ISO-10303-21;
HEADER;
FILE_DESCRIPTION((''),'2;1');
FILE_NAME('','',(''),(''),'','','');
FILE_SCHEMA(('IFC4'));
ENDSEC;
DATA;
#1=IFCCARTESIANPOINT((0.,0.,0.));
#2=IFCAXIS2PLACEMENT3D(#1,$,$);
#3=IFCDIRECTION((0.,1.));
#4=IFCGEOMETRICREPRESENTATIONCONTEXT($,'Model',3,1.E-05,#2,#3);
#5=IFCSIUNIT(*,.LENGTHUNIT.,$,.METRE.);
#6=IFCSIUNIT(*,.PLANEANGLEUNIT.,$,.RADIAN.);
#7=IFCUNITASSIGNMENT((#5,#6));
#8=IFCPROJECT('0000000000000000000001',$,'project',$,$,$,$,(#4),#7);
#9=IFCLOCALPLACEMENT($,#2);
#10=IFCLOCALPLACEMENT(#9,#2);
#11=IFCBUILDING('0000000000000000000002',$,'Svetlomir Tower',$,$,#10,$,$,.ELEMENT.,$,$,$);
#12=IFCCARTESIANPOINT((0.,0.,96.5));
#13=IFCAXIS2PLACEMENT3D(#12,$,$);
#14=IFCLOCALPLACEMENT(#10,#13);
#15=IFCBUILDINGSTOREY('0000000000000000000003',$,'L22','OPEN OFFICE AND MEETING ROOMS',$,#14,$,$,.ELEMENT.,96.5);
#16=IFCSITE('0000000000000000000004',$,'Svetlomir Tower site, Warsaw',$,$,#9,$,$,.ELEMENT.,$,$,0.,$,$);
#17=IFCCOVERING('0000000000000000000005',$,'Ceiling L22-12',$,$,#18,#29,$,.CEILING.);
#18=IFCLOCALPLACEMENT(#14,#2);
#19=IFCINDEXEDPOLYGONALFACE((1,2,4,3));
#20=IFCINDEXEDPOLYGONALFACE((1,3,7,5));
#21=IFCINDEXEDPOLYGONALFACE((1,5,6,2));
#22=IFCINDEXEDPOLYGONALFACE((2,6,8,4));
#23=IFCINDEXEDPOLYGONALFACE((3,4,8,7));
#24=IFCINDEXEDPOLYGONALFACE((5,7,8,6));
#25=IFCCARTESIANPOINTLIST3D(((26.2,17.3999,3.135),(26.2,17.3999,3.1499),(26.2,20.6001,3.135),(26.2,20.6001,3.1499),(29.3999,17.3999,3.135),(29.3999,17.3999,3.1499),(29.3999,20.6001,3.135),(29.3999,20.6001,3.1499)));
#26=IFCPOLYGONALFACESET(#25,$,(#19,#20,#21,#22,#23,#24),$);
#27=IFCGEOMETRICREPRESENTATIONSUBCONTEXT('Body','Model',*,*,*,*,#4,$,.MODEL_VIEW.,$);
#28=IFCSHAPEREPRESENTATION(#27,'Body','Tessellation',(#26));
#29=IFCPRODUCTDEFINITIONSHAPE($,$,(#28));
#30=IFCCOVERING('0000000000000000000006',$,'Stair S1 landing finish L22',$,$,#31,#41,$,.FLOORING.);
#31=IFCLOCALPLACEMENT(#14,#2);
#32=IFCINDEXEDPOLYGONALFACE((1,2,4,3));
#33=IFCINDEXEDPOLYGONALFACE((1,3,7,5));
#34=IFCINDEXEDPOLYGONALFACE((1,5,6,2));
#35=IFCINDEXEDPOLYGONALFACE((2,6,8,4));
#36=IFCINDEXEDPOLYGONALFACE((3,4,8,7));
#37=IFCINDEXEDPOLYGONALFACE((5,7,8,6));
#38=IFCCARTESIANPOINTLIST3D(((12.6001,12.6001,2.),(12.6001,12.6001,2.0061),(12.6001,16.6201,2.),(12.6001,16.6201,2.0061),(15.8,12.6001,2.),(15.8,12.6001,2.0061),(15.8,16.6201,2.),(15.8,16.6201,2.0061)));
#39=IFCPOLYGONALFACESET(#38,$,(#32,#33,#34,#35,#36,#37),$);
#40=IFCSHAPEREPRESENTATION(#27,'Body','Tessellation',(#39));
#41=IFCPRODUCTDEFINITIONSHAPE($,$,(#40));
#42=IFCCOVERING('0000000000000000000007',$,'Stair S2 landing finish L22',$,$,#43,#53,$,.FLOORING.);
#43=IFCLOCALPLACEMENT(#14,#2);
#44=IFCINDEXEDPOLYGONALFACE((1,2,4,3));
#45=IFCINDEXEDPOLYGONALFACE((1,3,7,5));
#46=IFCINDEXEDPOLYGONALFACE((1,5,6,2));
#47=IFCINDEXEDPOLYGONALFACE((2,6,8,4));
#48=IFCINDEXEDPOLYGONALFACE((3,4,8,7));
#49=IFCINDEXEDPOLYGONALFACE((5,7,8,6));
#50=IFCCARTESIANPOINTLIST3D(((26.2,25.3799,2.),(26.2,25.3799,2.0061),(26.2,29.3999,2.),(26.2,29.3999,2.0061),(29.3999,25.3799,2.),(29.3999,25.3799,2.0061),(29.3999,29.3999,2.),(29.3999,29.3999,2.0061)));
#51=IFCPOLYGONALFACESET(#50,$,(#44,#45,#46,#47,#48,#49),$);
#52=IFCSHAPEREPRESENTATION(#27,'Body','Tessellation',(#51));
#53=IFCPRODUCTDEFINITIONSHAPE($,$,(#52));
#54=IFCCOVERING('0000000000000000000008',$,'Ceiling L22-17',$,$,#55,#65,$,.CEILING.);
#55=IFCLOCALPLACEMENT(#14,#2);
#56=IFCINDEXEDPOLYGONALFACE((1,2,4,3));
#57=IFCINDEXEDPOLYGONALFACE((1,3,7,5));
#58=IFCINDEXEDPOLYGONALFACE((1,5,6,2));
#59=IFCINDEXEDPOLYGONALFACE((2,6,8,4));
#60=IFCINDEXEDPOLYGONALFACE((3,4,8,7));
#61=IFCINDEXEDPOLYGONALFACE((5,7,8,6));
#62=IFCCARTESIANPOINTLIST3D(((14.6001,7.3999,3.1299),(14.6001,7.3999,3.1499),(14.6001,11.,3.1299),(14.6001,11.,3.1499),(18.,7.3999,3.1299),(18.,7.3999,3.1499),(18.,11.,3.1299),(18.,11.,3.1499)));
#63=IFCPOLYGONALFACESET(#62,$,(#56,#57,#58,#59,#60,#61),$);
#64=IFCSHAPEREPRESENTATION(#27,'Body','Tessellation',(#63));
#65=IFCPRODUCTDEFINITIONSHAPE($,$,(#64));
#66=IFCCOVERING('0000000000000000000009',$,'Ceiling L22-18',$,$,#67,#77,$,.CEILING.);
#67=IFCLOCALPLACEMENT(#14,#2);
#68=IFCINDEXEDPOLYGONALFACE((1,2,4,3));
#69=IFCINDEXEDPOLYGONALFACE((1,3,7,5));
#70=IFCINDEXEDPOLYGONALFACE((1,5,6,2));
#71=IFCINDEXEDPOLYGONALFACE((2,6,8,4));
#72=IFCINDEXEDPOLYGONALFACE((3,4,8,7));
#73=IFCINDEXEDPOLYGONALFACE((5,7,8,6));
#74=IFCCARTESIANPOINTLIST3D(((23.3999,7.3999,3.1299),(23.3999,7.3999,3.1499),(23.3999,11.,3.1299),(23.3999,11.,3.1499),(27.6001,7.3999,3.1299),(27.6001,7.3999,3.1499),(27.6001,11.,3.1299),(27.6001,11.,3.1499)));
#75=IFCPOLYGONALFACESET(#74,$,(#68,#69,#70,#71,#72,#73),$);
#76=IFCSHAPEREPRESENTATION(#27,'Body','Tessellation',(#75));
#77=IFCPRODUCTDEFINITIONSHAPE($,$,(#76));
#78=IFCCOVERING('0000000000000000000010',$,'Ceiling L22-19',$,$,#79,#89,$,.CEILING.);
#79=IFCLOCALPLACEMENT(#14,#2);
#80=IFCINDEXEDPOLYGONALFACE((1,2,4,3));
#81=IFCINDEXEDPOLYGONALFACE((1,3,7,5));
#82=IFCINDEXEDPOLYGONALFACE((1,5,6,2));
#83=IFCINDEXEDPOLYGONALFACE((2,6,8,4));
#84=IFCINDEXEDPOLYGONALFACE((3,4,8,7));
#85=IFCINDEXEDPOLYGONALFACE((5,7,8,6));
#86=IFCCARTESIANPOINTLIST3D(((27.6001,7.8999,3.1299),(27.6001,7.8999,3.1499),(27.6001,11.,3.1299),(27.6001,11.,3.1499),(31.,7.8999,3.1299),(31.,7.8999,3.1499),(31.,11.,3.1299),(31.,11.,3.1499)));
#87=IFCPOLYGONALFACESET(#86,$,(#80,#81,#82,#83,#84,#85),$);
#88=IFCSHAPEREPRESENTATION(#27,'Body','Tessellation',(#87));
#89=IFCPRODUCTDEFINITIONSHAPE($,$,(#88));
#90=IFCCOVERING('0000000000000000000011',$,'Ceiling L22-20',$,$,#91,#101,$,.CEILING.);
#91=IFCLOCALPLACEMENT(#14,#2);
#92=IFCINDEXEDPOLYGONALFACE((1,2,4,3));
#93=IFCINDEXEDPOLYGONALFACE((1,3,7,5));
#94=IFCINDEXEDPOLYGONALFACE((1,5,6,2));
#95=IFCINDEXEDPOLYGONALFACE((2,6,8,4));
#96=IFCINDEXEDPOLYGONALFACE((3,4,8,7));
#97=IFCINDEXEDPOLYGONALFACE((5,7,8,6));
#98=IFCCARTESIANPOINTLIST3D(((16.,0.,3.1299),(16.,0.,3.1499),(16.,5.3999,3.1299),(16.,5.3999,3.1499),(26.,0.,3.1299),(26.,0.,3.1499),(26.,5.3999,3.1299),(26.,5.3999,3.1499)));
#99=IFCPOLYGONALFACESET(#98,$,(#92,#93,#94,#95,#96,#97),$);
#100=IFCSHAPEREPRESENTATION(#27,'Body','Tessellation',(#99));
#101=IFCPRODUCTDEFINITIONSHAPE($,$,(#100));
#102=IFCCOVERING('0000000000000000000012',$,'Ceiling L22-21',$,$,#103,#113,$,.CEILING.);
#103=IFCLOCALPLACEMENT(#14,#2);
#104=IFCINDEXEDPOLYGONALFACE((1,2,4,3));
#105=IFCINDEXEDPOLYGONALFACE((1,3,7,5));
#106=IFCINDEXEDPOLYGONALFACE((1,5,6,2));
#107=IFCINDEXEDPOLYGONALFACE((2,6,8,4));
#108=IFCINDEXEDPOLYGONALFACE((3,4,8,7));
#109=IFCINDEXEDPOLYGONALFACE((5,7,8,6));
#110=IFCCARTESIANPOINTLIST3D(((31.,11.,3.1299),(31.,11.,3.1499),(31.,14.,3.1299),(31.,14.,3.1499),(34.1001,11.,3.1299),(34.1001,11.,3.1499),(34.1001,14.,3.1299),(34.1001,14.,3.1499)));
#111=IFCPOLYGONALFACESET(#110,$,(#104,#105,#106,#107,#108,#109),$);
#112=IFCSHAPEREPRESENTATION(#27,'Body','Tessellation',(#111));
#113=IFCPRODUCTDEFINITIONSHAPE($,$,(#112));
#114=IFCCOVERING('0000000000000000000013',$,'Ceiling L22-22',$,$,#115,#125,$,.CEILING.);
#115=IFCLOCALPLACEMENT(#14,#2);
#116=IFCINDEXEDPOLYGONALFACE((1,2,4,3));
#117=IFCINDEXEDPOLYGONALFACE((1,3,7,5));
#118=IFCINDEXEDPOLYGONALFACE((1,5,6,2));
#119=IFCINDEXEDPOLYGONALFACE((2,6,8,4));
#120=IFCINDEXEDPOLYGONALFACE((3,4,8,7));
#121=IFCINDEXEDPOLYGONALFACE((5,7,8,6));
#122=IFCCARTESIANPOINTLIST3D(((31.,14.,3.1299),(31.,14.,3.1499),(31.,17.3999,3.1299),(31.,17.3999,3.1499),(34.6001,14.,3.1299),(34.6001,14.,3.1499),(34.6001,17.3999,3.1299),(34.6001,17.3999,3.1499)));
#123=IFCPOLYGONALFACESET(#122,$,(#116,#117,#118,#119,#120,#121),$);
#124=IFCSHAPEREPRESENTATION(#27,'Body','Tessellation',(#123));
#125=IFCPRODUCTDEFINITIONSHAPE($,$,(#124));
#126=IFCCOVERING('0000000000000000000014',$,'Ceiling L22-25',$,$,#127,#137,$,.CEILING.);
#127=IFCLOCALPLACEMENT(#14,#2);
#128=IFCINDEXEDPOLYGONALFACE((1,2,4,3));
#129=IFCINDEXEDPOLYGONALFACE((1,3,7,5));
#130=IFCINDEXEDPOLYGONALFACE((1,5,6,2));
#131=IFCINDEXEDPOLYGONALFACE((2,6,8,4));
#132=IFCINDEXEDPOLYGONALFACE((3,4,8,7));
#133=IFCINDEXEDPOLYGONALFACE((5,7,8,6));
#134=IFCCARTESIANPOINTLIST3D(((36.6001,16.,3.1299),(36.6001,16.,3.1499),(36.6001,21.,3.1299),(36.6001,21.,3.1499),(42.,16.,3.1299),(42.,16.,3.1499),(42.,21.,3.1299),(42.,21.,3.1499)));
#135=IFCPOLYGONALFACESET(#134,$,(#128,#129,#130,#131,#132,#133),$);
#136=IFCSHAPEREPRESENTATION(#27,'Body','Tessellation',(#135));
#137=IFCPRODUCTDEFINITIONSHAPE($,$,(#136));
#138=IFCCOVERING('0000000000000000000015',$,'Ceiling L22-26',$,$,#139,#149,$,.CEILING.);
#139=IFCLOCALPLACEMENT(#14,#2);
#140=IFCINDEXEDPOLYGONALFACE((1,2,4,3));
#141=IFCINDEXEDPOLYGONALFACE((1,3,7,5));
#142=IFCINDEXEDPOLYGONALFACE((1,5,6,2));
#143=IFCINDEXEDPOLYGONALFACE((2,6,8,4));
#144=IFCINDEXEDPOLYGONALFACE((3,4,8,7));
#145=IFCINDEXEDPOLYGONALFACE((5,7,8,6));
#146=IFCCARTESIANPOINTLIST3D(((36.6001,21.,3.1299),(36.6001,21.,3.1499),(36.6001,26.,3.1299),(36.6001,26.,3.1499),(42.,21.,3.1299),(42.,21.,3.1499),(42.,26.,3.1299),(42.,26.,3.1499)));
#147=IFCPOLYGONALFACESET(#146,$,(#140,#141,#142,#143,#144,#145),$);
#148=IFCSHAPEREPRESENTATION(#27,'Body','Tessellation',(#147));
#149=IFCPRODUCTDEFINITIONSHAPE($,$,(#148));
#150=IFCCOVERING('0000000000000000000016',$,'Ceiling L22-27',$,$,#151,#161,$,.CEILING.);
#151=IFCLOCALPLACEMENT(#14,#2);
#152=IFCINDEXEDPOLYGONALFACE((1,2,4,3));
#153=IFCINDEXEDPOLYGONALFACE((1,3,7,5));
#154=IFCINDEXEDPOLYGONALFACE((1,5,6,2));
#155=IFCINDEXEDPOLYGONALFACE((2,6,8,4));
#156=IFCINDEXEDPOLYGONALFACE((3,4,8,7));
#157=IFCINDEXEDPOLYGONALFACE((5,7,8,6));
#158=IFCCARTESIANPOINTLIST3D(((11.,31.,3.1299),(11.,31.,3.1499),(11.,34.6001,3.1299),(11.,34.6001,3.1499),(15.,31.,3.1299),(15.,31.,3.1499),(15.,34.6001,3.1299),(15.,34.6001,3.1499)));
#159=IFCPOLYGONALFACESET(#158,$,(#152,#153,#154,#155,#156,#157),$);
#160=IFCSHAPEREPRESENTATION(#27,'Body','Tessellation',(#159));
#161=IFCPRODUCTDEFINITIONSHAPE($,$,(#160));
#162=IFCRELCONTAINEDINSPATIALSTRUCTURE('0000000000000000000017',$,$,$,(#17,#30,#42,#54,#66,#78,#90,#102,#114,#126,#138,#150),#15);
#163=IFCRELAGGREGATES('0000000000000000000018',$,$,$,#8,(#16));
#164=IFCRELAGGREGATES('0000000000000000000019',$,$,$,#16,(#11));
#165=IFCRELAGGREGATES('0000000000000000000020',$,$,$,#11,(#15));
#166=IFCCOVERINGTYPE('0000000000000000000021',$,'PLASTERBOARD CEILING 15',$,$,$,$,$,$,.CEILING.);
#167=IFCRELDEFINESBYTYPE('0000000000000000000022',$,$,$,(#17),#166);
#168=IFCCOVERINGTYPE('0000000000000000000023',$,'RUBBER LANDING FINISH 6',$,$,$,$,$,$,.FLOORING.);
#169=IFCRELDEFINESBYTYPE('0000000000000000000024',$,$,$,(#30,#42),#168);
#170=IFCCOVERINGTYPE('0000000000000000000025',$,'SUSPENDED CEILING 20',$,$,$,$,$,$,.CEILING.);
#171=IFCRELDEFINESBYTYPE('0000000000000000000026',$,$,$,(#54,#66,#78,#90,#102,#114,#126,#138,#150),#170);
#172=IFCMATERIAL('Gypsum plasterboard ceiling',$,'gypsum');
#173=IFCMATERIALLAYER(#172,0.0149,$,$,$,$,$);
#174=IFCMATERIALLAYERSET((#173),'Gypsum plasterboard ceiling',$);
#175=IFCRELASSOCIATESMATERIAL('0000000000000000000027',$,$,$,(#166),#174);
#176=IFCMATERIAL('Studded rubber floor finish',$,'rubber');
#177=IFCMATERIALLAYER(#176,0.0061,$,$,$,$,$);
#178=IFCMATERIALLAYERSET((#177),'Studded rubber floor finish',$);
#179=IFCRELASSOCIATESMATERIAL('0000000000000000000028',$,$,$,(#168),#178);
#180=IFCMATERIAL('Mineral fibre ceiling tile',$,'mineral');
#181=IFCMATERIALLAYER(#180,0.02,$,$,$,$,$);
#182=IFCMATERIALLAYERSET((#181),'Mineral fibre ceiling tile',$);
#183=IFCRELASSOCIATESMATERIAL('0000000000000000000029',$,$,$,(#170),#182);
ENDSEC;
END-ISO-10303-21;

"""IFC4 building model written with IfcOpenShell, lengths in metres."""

from ifc_helpers import new_model, si_unit, direction, frame, origin, place, context, subcontext, project, spatial, polyline, outline, extrude, material, layer, layer_set, type_object, element, save


model = new_model("IFC4")

# Units and contexts
model_context = context("Model", 3, precision=1e-05, world=origin(), true_north=direction((0.0, 1.0)))
body_context = subcontext(model_context, "Body", "Model", "MODEL_VIEW")
ifc_project = project(units=[si_unit("LENGTHUNIT", "METRE"), si_unit("PLANEANGLEUNIT", "RADIAN")], contexts=[model_context])

# Site, building, storey
site_placement = place(None, origin())
site = spatial("IfcSite", under=ifc_project, at=site_placement, Name="Svetlomir Tower site, Warsaw", CompositionType="ELEMENT", RefElevation=0.0)
building_placement = place(site_placement, origin())
building = spatial("IfcBuilding", under=site, at=building_placement, Name="Svetlomir Tower", CompositionType="ELEMENT")
storey_placement = place(building_placement, frame((0.0, 0.0, 96.5)))
storey = spatial("IfcBuildingStorey", under=building, at=storey_placement, Name="L22", Description="OPEN OFFICE AND MEETING ROOMS", CompositionType="ELEMENT", Elevation=96.5)

# Coverings
ifc_material_1 = material(Name="Gypsum plasterboard ceiling", Category="gypsum")
ifc_layer_1 = layer(ifc_material_1, 0.0149)
ifc_layer_set_1 = layer_set([ifc_layer_1], Name="Gypsum plasterboard ceiling")
covering_type_1 = type_object("IfcCoveringType", Name="PLASTERBOARD CEILING 15", PredefinedType="CEILING", material=ifc_layer_set_1)
covering_1_placement = place(storey_placement, frame((0.0, 0.0, 3.135)))
element("IfcCovering", 1, at=covering_1_placement, inside=storey, type_object=covering_type_1, Name="Ceiling L22-12", PredefinedType="CEILING", context=body_context, shape_type="SweptSolid", body=[
    extrude(outline(polyline([(26.2, 17.3999), (29.3999, 17.3999), (29.3999, 20.6001), (26.2, 20.6001), (26.2, 17.3999)])), origin(), (0.0, 0.0, 1.0), 0.0149),
])
ifc_material_2 = material(Name="Studded rubber floor finish", Category="rubber")
ifc_layer_2 = layer(ifc_material_2, 0.0061)
ifc_layer_set_2 = layer_set([ifc_layer_2], Name="Studded rubber floor finish")
covering_type_2 = type_object("IfcCoveringType", Name="RUBBER LANDING FINISH 6", PredefinedType="FLOORING", material=ifc_layer_set_2)
covering_2_placement = place(storey_placement, frame((0.0, 0.0, 2.0)))
element("IfcCovering", 2, at=covering_2_placement, inside=storey, type_object=covering_type_2, Name="Stair S1 landing finish L22", PredefinedType="FLOORING", context=body_context, shape_type="SweptSolid", body=[
    extrude(outline(polyline([(12.6001, 12.6001), (15.8, 12.6001), (15.8, 16.6201), (12.6001, 16.6201), (12.6001, 12.6001)])), origin(), (0.0, 0.0, 1.0), 0.0061),
])
covering_3_placement = place(storey_placement, frame((0.0, 0.0, 2.0)))
element("IfcCovering", 3, at=covering_3_placement, inside=storey, type_object=covering_type_2, Name="Stair S2 landing finish L22", PredefinedType="FLOORING", context=body_context, shape_type="SweptSolid", body=[
    extrude(outline(polyline([(26.2, 25.3799), (29.3999, 25.3799), (29.3999, 29.3999), (26.2, 29.3999), (26.2, 25.3799)])), origin(), (0.0, 0.0, 1.0), 0.0061),
])
ifc_material_3 = material(Name="Mineral fibre ceiling tile", Category="mineral")
ifc_layer_3 = layer(ifc_material_3, 0.02)
ifc_layer_set_3 = layer_set([ifc_layer_3], Name="Mineral fibre ceiling tile")
covering_type_3 = type_object("IfcCoveringType", Name="SUSPENDED CEILING 20", PredefinedType="CEILING", material=ifc_layer_set_3)
covering_4_placement = place(storey_placement, frame((0.0, 0.0, 3.1299)))
element("IfcCovering", 4, at=covering_4_placement, inside=storey, type_object=covering_type_3, Name="Ceiling L22-17", PredefinedType="CEILING", context=body_context, shape_type="SweptSolid", body=[
    extrude(outline(polyline([(14.6001, 7.3999), (18.0, 7.3999), (18.0, 11.0), (14.6001, 11.0), (14.6001, 7.3999)])), origin(), (0.0, 0.0, 1.0), 0.02),
])
covering_5_placement = place(storey_placement, frame((0.0, 0.0, 3.1299)))
element("IfcCovering", 5, at=covering_5_placement, inside=storey, type_object=covering_type_3, Name="Ceiling L22-18", PredefinedType="CEILING", context=body_context, shape_type="SweptSolid", body=[
    extrude(outline(polyline([(23.3999, 7.3999), (27.6001, 7.3999), (27.6001, 11.0), (23.3999, 11.0), (23.3999, 7.3999)])), origin(), (0.0, 0.0, 1.0), 0.02),
])
covering_6_placement = place(storey_placement, frame((0.0, 0.0, 3.1299)))
element("IfcCovering", 6, at=covering_6_placement, inside=storey, type_object=covering_type_3, Name="Ceiling L22-19", PredefinedType="CEILING", context=body_context, shape_type="SweptSolid", body=[
    extrude(outline(polyline([(27.6001, 7.8999), (31.0, 7.8999), (31.0, 11.0), (27.6001, 11.0), (27.6001, 7.8999)])), origin(), (0.0, 0.0, 1.0), 0.02),
])
covering_7_placement = place(storey_placement, frame((0.0, 0.0, 3.1299)))
element("IfcCovering", 7, at=covering_7_placement, inside=storey, type_object=covering_type_3, Name="Ceiling L22-20", PredefinedType="CEILING", context=body_context, shape_type="SweptSolid", body=[
    extrude(outline(polyline([(16.0, 0.0), (26.0, 0.0), (26.0, 5.3999), (16.0, 5.3999), (16.0, 0.0)])), origin(), (0.0, 0.0, 1.0), 0.02),
])
covering_8_placement = place(storey_placement, frame((0.0, 0.0, 3.1299)))
element("IfcCovering", 8, at=covering_8_placement, inside=storey, type_object=covering_type_3, Name="Ceiling L22-21", PredefinedType="CEILING", context=body_context, shape_type="SweptSolid", body=[
    extrude(outline(polyline([(31.0, 11.0), (34.1001, 11.0), (34.1001, 14.0), (31.0, 14.0), (31.0, 11.0)])), origin(), (0.0, 0.0, 1.0), 0.02),
])
covering_9_placement = place(storey_placement, frame((0.0, 0.0, 3.1299)))
element("IfcCovering", 9, at=covering_9_placement, inside=storey, type_object=covering_type_3, Name="Ceiling L22-22", PredefinedType="CEILING", context=body_context, shape_type="SweptSolid", body=[
    extrude(outline(polyline([(31.0, 14.0), (34.6001, 14.0), (34.6001, 17.3999), (31.0, 17.3999), (31.0, 14.0)])), origin(), (0.0, 0.0, 1.0), 0.02),
])
covering_10_placement = place(storey_placement, frame((0.0, 0.0, 3.1299)))
element("IfcCovering", 10, at=covering_10_placement, inside=storey, type_object=covering_type_3, Name="Ceiling L22-25", PredefinedType="CEILING", context=body_context, shape_type="SweptSolid", body=[
    extrude(outline(polyline([(36.6001, 16.0), (42.0, 16.0), (42.0, 21.0), (36.6001, 21.0), (36.6001, 16.0)])), origin(), (0.0, 0.0, 1.0), 0.02),
])
covering_11_placement = place(storey_placement, frame((0.0, 0.0, 3.1299)))
element("IfcCovering", 11, at=covering_11_placement, inside=storey, type_object=covering_type_3, Name="Ceiling L22-26", PredefinedType="CEILING", context=body_context, shape_type="SweptSolid", body=[
    extrude(outline(polyline([(36.6001, 21.0), (42.0, 21.0), (42.0, 26.0), (36.6001, 26.0), (36.6001, 21.0)])), origin(), (0.0, 0.0, 1.0), 0.02),
])
covering_12_placement = place(storey_placement, frame((0.0, 0.0, 3.1299)))
element("IfcCovering", 12, at=covering_12_placement, inside=storey, type_object=covering_type_3, Name="Ceiling L22-27", PredefinedType="CEILING", context=body_context, shape_type="SweptSolid", body=[
    extrude(outline(polyline([(11.0, 31.0), (15.0, 31.0), (15.0, 34.6001), (11.0, 34.6001), (11.0, 31.0)])), origin(), (0.0, 0.0, 1.0), 0.02),
])

save(model, "model.ifc")
